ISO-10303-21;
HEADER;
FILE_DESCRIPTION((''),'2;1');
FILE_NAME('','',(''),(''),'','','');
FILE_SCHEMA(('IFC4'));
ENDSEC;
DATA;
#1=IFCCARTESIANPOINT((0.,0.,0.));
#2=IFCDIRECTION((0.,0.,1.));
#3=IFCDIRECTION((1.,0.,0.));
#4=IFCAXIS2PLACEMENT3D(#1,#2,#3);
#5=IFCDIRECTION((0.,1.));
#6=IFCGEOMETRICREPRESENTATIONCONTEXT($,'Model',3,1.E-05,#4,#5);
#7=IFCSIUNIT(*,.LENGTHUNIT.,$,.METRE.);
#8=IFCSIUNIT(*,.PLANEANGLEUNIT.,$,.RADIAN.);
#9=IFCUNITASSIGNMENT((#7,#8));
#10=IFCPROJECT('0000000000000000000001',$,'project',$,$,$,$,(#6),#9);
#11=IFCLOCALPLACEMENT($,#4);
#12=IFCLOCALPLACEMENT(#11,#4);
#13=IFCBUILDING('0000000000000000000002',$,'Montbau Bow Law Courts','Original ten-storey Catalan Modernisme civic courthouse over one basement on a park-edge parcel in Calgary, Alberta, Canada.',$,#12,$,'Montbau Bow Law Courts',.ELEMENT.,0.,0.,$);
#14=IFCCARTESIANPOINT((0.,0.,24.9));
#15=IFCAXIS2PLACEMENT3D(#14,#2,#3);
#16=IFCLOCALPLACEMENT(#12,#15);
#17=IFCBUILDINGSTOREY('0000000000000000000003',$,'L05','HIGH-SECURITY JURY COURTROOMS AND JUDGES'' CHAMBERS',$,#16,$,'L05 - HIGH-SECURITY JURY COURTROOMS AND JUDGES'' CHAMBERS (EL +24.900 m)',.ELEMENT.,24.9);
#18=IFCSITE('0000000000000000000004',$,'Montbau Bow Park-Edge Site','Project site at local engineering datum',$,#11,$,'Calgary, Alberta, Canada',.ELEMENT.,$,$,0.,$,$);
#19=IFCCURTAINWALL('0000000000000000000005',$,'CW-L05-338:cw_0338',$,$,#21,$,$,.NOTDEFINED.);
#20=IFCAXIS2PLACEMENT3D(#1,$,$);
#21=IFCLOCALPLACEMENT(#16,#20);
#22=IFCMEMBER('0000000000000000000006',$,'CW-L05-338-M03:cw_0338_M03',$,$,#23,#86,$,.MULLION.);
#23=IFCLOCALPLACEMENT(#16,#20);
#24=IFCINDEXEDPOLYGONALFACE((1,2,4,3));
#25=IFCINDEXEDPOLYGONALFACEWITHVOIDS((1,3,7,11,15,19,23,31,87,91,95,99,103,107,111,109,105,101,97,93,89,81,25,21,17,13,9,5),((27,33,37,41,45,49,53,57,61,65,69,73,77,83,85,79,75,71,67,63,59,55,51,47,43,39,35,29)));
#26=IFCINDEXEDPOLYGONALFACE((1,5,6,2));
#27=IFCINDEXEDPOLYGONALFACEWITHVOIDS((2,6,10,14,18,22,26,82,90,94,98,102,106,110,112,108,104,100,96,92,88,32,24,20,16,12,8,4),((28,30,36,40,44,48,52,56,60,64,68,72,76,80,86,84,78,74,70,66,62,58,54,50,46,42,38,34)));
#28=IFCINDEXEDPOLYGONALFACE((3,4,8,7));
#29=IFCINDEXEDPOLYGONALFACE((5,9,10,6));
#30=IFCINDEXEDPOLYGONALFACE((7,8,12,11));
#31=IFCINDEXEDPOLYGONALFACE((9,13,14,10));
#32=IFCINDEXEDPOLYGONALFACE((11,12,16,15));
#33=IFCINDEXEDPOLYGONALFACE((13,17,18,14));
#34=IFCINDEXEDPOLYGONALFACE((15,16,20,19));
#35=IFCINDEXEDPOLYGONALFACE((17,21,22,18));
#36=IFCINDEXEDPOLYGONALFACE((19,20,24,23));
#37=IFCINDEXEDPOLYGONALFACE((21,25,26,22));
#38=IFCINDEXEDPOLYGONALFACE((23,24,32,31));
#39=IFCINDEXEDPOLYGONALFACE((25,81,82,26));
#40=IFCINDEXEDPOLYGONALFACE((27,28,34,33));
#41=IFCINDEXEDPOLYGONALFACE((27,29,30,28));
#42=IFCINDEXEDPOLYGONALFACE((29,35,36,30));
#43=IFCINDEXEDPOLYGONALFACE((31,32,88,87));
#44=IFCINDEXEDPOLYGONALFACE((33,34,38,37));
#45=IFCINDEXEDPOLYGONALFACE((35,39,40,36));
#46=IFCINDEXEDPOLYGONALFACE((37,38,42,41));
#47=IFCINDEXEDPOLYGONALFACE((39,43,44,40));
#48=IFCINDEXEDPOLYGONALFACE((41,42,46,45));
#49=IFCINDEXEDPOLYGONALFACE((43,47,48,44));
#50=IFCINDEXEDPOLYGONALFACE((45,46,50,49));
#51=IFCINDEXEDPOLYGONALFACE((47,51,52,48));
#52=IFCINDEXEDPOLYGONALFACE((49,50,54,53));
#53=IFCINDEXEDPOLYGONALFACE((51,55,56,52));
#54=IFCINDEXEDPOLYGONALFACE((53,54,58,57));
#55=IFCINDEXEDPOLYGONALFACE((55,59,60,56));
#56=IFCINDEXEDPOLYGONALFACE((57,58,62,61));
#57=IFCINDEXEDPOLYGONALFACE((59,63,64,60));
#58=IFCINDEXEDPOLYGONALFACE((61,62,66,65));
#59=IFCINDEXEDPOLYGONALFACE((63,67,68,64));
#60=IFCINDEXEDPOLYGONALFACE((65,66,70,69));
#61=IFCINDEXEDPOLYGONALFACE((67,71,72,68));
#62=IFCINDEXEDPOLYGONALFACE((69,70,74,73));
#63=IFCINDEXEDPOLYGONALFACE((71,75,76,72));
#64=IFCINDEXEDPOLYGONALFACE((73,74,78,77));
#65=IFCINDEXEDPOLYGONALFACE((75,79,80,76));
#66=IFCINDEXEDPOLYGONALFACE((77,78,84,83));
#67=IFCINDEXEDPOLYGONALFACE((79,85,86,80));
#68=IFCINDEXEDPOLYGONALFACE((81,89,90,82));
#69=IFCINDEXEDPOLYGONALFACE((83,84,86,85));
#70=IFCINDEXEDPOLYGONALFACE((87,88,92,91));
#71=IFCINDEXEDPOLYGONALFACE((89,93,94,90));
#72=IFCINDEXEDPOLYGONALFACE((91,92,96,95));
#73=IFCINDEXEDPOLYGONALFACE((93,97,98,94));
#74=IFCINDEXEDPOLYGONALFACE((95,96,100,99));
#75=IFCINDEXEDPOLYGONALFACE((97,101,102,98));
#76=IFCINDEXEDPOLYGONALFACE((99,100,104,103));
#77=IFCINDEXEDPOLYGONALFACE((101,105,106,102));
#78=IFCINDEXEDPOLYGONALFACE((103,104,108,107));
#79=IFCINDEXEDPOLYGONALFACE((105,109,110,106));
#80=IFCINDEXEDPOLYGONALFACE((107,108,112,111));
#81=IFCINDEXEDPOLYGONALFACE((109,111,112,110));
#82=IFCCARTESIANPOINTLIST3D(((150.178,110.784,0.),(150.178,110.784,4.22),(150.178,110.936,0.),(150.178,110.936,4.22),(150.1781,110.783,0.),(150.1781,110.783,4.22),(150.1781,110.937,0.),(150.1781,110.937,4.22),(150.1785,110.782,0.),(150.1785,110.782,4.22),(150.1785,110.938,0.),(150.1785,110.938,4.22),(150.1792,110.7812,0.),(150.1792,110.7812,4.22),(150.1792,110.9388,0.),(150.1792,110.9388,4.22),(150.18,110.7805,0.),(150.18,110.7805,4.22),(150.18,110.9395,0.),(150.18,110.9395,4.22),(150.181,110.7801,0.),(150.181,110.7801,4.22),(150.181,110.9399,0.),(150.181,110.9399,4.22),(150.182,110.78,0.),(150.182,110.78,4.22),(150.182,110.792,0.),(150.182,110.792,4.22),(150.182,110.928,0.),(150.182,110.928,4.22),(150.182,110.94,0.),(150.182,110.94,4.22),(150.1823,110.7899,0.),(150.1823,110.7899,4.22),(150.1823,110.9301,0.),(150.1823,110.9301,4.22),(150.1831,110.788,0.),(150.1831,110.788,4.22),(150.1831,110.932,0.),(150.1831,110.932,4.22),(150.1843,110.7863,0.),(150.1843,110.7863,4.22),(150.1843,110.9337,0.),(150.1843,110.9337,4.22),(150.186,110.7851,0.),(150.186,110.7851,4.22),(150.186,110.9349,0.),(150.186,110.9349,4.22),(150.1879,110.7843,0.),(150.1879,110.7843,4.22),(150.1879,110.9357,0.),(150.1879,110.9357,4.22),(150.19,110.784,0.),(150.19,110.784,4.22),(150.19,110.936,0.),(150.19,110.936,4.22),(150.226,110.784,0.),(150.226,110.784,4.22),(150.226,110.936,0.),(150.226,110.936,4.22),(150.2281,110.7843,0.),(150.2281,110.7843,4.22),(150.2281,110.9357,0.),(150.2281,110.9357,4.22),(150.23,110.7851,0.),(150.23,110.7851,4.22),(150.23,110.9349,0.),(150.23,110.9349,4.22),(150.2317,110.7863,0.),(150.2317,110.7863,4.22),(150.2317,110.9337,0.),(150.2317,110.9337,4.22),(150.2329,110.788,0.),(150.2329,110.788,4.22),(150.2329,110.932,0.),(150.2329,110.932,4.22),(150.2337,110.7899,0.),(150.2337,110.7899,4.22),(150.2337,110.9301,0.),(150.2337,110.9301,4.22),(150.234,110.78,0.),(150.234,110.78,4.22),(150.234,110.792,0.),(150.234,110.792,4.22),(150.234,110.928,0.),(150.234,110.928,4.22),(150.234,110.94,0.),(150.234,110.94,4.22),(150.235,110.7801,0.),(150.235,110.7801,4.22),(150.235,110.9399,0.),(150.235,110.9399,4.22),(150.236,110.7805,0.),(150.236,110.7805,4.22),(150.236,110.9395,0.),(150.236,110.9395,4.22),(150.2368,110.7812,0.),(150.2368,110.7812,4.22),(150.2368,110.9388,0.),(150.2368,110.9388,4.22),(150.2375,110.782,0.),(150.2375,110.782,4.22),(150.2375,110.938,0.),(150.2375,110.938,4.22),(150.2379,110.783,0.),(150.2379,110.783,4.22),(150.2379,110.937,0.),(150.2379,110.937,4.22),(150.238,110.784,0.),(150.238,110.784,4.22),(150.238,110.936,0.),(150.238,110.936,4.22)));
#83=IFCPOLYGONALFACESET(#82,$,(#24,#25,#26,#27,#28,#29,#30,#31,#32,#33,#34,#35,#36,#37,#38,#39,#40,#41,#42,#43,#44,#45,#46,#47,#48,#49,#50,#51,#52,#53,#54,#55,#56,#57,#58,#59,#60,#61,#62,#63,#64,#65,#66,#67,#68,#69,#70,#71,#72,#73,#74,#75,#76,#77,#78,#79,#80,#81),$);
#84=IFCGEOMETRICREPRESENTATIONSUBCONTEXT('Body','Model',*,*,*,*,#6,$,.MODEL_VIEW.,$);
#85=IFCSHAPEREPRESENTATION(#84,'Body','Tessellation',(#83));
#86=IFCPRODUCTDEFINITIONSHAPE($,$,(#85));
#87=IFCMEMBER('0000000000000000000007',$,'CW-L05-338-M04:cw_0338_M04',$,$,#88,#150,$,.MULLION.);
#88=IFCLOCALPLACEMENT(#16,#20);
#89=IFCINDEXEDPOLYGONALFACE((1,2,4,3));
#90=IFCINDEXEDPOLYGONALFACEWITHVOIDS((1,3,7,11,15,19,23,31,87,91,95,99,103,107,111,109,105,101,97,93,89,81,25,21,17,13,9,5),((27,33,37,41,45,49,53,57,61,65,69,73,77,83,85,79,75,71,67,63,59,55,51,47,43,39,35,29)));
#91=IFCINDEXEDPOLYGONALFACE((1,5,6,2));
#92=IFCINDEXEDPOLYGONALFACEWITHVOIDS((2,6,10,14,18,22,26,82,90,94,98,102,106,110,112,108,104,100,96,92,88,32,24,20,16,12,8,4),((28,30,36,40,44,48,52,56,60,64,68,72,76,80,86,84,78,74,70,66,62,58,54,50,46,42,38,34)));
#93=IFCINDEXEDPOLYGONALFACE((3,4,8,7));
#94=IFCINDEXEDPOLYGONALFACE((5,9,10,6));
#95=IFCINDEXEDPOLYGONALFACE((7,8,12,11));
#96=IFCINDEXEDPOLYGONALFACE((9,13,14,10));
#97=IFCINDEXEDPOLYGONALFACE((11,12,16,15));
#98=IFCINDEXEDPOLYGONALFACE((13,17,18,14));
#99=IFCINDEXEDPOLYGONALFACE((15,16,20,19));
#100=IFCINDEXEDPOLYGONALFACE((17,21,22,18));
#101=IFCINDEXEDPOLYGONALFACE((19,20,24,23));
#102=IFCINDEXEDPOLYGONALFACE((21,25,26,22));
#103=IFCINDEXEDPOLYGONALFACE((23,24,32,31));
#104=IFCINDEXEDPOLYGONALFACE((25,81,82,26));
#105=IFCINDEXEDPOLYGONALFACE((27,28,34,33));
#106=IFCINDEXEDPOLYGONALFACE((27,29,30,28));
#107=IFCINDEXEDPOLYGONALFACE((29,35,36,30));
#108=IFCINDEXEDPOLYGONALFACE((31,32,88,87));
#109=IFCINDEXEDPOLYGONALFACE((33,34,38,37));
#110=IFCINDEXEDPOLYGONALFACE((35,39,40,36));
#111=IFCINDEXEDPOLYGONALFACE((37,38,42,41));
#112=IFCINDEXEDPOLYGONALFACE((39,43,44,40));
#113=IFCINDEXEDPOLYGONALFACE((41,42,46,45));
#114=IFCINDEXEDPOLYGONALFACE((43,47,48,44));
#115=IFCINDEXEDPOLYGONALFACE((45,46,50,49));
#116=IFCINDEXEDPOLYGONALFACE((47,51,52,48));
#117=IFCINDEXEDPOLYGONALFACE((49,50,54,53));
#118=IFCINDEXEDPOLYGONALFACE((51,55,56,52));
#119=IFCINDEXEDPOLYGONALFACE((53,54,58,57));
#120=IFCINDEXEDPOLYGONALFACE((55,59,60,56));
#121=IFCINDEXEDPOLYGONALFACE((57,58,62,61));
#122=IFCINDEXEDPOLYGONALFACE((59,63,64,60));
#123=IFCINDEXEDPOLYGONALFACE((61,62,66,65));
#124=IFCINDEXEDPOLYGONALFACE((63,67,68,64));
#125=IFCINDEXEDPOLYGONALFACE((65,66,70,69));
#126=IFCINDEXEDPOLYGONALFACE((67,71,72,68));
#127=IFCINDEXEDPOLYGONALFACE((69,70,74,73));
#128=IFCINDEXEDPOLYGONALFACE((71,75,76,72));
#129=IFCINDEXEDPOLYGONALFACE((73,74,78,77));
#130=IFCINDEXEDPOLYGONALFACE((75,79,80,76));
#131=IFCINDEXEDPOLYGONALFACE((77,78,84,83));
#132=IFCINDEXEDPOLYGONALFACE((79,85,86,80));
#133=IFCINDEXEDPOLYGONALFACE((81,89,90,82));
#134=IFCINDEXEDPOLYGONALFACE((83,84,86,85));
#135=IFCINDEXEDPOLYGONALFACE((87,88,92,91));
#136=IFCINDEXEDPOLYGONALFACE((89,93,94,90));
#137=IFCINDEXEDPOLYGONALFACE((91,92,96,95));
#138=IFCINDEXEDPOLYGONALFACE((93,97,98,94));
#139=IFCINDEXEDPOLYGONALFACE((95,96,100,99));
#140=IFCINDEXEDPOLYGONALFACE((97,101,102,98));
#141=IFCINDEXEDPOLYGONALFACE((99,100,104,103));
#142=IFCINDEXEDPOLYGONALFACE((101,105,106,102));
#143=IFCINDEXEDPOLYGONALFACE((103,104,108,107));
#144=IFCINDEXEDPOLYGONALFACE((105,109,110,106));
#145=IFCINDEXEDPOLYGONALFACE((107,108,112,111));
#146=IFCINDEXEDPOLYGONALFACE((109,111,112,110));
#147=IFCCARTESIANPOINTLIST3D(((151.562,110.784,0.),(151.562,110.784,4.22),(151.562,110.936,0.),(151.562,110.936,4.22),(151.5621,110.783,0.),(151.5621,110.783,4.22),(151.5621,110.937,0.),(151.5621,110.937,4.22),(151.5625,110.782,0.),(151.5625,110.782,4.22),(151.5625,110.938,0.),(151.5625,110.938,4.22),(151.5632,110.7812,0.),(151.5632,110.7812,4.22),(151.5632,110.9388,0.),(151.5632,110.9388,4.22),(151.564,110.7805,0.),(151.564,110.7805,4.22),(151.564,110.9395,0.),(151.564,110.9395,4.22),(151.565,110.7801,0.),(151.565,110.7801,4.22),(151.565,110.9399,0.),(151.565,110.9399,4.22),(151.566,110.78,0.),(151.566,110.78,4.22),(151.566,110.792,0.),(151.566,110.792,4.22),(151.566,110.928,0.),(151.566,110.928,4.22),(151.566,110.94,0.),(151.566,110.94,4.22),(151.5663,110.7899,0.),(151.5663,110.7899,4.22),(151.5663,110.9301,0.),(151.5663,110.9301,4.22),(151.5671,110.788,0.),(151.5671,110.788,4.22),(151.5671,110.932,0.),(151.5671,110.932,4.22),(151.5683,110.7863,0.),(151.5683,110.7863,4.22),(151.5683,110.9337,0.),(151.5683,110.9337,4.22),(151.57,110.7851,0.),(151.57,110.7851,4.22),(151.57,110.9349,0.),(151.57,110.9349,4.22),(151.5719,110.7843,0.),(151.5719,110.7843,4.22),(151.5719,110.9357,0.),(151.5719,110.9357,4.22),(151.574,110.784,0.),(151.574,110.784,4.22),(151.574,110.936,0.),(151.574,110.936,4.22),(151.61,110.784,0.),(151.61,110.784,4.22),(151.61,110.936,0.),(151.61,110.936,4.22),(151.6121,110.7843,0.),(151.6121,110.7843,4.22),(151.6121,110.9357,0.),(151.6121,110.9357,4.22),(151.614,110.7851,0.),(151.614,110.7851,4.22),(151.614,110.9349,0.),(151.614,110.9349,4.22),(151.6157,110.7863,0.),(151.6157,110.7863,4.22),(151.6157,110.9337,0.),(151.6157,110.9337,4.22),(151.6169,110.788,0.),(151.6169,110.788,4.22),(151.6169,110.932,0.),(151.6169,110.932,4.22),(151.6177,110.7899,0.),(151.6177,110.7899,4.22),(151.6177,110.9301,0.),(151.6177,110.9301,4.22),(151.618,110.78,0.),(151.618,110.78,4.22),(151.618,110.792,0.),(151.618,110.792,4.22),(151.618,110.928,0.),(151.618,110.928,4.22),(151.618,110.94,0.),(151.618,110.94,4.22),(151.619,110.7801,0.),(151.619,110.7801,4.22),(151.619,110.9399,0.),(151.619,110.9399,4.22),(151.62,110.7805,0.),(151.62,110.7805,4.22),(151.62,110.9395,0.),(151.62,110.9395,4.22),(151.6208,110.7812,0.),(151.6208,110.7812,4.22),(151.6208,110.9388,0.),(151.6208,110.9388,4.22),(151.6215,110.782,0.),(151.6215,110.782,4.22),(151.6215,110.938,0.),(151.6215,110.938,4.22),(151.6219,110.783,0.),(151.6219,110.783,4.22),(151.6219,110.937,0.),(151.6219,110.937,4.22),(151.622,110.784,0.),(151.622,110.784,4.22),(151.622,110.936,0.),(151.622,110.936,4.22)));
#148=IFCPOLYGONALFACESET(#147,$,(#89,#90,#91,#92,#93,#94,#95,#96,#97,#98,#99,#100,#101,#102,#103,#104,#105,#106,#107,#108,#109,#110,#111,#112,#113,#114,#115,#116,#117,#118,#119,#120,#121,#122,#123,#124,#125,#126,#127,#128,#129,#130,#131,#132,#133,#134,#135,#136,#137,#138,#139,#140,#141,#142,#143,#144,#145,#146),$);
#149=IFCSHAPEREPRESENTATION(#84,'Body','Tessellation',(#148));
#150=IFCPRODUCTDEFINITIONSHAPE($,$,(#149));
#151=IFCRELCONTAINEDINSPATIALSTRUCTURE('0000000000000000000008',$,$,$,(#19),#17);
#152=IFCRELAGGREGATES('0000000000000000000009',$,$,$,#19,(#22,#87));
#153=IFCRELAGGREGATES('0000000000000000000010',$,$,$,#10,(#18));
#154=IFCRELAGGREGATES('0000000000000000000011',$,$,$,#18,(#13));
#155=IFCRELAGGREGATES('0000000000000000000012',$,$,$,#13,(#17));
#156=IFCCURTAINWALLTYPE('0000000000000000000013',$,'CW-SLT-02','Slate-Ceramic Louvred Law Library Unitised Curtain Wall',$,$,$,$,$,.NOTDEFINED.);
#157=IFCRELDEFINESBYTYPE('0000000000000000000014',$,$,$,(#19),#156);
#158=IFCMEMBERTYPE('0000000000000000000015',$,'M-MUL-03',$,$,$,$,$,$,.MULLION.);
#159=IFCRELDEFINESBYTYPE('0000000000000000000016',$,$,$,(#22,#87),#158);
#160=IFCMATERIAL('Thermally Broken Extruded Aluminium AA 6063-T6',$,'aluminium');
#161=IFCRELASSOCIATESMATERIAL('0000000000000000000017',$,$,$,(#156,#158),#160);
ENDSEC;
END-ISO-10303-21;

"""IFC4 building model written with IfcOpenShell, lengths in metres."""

from ifc_helpers import new_model, si_unit, direction, frame, origin_with_axes, origin_2d_with_axis, place, context, subcontext, project, spatial, hollow_rectangle, extrude, material, material_profile, profile_set, type_object, element, aggregate, save


model = new_model("IFC4")

# Units and contexts
model_context = context("Model", 3, precision=1e-05, world=origin_with_axes(), true_north=direction((0.0, 1.0)))
body_context = subcontext(model_context, "Body", "Model", "MODEL_VIEW")
ifc_project = project(units=[si_unit("LENGTHUNIT", "METRE"), si_unit("PLANEANGLEUNIT", "RADIAN")], contexts=[model_context])

# Site, building, storey
site_placement = place(None, origin_with_axes())
site = spatial("IfcSite", under=ifc_project, at=site_placement, Name="Montbau Bow Park-Edge Site", Description="Project site at local engineering datum", LongName="Calgary, Alberta, Canada", CompositionType="ELEMENT", RefElevation=0.0)
building_placement = place(site_placement, origin_with_axes())
building = spatial("IfcBuilding", under=site, at=building_placement, Name="Montbau Bow Law Courts", Description="Original ten-storey Catalan Modernisme civic courthouse over one basement on a park-edge parcel in Calgary, Alberta, Canada.", LongName="Montbau Bow Law Courts", CompositionType="ELEMENT", ElevationOfRefHeight=0.0, ElevationOfTerrain=0.0)
storey_placement = place(building_placement, frame((0.0, 0.0, 24.9), z_axis=(0.0, 0.0, 1.0), x_axis=(1.0, 0.0, 0.0)))
storey = spatial("IfcBuildingStorey", under=building, at=storey_placement, Name="L05", Description="HIGH-SECURITY JURY COURTROOMS AND JUDGES' CHAMBERS", LongName="L05 - HIGH-SECURITY JURY COURTROOMS AND JUDGES' CHAMBERS (EL +24.900 m)", CompositionType="ELEMENT", Elevation=24.9)

# Curtain wall, members
ifc_material_1 = material(Name="Thermally Broken Extruded Aluminium AA 6063-T6", Category="aluminium")
curtain_wall_type = type_object("IfcCurtainWallType", Name="CW-SLT-02", Description="Slate-Ceramic Louvred Law Library Unitised Curtain Wall", PredefinedType="NOTDEFINED", material=ifc_material_1)
curtain_wall_placement = place(None, frame((147.44, 110.86, 24.9), z_axis=(0.0, 0.0, 1.0), x_axis=(1.0, 0.0, 0.0)))
curtain_wall = element("IfcCurtainWall", 1, at=curtain_wall_placement, inside=storey, type_object=curtain_wall_type, Name="CW-L05-338:cw_0338", PredefinedType="NOTDEFINED")
ifc_material_profile_1 = material_profile(ifc_material_1, hollow_rectangle(XDim=0.06, YDim=0.16, WallThickness=0.004, InnerFilletRadius=0.008, OuterFilletRadius=0.004, at=origin_2d_with_axis()), Name="CWM-160X60", Category="Main", Priority=0)
ifc_profile_set_1 = profile_set([ifc_material_profile_1], Name="Thermally Broken Extruded Aluminium AA 6063-T6")
member_type_1 = type_object("IfcMemberType", Name="M-MUL-03", PredefinedType="MULLION", material=ifc_profile_set_1)
member_1_placement = place(None, frame((150.208, 110.86, 24.9), z_axis=(0.0, 0.0, 1.0), x_axis=(1.0, 0.0, 0.0)))
member_1 = element("IfcMember", 2, at=member_1_placement, type_object=member_type_1, Name="CW-L05-338-M03:cw_0338_M03", PredefinedType="MULLION", context=body_context, shape_type="SweptSolid", body=[
    extrude(hollow_rectangle(XDim=0.06, YDim=0.16, WallThickness=0.004, InnerFilletRadius=0.008, OuterFilletRadius=0.004, at=origin_2d_with_axis()), origin_with_axes(), (0.0, 0.0, 1.0), 4.22),
])
member_2_placement = place(None, frame((151.592, 110.86, 24.9), z_axis=(0.0, 0.0, 1.0), x_axis=(1.0, 0.0, 0.0)))
member_2 = element("IfcMember", 3, at=member_2_placement, type_object=member_type_1, Name="CW-L05-338-M04:cw_0338_M04", PredefinedType="MULLION", context=body_context, shape_type="SweptSolid", body=[
    extrude(hollow_rectangle(XDim=0.06, YDim=0.16, WallThickness=0.004, InnerFilletRadius=0.008, OuterFilletRadius=0.004, at=origin_2d_with_axis()), origin_with_axes(), (0.0, 0.0, 1.0), 4.22),
])
aggregate(curtain_wall, [member_1, member_2])

save(model, "model.ifc")
